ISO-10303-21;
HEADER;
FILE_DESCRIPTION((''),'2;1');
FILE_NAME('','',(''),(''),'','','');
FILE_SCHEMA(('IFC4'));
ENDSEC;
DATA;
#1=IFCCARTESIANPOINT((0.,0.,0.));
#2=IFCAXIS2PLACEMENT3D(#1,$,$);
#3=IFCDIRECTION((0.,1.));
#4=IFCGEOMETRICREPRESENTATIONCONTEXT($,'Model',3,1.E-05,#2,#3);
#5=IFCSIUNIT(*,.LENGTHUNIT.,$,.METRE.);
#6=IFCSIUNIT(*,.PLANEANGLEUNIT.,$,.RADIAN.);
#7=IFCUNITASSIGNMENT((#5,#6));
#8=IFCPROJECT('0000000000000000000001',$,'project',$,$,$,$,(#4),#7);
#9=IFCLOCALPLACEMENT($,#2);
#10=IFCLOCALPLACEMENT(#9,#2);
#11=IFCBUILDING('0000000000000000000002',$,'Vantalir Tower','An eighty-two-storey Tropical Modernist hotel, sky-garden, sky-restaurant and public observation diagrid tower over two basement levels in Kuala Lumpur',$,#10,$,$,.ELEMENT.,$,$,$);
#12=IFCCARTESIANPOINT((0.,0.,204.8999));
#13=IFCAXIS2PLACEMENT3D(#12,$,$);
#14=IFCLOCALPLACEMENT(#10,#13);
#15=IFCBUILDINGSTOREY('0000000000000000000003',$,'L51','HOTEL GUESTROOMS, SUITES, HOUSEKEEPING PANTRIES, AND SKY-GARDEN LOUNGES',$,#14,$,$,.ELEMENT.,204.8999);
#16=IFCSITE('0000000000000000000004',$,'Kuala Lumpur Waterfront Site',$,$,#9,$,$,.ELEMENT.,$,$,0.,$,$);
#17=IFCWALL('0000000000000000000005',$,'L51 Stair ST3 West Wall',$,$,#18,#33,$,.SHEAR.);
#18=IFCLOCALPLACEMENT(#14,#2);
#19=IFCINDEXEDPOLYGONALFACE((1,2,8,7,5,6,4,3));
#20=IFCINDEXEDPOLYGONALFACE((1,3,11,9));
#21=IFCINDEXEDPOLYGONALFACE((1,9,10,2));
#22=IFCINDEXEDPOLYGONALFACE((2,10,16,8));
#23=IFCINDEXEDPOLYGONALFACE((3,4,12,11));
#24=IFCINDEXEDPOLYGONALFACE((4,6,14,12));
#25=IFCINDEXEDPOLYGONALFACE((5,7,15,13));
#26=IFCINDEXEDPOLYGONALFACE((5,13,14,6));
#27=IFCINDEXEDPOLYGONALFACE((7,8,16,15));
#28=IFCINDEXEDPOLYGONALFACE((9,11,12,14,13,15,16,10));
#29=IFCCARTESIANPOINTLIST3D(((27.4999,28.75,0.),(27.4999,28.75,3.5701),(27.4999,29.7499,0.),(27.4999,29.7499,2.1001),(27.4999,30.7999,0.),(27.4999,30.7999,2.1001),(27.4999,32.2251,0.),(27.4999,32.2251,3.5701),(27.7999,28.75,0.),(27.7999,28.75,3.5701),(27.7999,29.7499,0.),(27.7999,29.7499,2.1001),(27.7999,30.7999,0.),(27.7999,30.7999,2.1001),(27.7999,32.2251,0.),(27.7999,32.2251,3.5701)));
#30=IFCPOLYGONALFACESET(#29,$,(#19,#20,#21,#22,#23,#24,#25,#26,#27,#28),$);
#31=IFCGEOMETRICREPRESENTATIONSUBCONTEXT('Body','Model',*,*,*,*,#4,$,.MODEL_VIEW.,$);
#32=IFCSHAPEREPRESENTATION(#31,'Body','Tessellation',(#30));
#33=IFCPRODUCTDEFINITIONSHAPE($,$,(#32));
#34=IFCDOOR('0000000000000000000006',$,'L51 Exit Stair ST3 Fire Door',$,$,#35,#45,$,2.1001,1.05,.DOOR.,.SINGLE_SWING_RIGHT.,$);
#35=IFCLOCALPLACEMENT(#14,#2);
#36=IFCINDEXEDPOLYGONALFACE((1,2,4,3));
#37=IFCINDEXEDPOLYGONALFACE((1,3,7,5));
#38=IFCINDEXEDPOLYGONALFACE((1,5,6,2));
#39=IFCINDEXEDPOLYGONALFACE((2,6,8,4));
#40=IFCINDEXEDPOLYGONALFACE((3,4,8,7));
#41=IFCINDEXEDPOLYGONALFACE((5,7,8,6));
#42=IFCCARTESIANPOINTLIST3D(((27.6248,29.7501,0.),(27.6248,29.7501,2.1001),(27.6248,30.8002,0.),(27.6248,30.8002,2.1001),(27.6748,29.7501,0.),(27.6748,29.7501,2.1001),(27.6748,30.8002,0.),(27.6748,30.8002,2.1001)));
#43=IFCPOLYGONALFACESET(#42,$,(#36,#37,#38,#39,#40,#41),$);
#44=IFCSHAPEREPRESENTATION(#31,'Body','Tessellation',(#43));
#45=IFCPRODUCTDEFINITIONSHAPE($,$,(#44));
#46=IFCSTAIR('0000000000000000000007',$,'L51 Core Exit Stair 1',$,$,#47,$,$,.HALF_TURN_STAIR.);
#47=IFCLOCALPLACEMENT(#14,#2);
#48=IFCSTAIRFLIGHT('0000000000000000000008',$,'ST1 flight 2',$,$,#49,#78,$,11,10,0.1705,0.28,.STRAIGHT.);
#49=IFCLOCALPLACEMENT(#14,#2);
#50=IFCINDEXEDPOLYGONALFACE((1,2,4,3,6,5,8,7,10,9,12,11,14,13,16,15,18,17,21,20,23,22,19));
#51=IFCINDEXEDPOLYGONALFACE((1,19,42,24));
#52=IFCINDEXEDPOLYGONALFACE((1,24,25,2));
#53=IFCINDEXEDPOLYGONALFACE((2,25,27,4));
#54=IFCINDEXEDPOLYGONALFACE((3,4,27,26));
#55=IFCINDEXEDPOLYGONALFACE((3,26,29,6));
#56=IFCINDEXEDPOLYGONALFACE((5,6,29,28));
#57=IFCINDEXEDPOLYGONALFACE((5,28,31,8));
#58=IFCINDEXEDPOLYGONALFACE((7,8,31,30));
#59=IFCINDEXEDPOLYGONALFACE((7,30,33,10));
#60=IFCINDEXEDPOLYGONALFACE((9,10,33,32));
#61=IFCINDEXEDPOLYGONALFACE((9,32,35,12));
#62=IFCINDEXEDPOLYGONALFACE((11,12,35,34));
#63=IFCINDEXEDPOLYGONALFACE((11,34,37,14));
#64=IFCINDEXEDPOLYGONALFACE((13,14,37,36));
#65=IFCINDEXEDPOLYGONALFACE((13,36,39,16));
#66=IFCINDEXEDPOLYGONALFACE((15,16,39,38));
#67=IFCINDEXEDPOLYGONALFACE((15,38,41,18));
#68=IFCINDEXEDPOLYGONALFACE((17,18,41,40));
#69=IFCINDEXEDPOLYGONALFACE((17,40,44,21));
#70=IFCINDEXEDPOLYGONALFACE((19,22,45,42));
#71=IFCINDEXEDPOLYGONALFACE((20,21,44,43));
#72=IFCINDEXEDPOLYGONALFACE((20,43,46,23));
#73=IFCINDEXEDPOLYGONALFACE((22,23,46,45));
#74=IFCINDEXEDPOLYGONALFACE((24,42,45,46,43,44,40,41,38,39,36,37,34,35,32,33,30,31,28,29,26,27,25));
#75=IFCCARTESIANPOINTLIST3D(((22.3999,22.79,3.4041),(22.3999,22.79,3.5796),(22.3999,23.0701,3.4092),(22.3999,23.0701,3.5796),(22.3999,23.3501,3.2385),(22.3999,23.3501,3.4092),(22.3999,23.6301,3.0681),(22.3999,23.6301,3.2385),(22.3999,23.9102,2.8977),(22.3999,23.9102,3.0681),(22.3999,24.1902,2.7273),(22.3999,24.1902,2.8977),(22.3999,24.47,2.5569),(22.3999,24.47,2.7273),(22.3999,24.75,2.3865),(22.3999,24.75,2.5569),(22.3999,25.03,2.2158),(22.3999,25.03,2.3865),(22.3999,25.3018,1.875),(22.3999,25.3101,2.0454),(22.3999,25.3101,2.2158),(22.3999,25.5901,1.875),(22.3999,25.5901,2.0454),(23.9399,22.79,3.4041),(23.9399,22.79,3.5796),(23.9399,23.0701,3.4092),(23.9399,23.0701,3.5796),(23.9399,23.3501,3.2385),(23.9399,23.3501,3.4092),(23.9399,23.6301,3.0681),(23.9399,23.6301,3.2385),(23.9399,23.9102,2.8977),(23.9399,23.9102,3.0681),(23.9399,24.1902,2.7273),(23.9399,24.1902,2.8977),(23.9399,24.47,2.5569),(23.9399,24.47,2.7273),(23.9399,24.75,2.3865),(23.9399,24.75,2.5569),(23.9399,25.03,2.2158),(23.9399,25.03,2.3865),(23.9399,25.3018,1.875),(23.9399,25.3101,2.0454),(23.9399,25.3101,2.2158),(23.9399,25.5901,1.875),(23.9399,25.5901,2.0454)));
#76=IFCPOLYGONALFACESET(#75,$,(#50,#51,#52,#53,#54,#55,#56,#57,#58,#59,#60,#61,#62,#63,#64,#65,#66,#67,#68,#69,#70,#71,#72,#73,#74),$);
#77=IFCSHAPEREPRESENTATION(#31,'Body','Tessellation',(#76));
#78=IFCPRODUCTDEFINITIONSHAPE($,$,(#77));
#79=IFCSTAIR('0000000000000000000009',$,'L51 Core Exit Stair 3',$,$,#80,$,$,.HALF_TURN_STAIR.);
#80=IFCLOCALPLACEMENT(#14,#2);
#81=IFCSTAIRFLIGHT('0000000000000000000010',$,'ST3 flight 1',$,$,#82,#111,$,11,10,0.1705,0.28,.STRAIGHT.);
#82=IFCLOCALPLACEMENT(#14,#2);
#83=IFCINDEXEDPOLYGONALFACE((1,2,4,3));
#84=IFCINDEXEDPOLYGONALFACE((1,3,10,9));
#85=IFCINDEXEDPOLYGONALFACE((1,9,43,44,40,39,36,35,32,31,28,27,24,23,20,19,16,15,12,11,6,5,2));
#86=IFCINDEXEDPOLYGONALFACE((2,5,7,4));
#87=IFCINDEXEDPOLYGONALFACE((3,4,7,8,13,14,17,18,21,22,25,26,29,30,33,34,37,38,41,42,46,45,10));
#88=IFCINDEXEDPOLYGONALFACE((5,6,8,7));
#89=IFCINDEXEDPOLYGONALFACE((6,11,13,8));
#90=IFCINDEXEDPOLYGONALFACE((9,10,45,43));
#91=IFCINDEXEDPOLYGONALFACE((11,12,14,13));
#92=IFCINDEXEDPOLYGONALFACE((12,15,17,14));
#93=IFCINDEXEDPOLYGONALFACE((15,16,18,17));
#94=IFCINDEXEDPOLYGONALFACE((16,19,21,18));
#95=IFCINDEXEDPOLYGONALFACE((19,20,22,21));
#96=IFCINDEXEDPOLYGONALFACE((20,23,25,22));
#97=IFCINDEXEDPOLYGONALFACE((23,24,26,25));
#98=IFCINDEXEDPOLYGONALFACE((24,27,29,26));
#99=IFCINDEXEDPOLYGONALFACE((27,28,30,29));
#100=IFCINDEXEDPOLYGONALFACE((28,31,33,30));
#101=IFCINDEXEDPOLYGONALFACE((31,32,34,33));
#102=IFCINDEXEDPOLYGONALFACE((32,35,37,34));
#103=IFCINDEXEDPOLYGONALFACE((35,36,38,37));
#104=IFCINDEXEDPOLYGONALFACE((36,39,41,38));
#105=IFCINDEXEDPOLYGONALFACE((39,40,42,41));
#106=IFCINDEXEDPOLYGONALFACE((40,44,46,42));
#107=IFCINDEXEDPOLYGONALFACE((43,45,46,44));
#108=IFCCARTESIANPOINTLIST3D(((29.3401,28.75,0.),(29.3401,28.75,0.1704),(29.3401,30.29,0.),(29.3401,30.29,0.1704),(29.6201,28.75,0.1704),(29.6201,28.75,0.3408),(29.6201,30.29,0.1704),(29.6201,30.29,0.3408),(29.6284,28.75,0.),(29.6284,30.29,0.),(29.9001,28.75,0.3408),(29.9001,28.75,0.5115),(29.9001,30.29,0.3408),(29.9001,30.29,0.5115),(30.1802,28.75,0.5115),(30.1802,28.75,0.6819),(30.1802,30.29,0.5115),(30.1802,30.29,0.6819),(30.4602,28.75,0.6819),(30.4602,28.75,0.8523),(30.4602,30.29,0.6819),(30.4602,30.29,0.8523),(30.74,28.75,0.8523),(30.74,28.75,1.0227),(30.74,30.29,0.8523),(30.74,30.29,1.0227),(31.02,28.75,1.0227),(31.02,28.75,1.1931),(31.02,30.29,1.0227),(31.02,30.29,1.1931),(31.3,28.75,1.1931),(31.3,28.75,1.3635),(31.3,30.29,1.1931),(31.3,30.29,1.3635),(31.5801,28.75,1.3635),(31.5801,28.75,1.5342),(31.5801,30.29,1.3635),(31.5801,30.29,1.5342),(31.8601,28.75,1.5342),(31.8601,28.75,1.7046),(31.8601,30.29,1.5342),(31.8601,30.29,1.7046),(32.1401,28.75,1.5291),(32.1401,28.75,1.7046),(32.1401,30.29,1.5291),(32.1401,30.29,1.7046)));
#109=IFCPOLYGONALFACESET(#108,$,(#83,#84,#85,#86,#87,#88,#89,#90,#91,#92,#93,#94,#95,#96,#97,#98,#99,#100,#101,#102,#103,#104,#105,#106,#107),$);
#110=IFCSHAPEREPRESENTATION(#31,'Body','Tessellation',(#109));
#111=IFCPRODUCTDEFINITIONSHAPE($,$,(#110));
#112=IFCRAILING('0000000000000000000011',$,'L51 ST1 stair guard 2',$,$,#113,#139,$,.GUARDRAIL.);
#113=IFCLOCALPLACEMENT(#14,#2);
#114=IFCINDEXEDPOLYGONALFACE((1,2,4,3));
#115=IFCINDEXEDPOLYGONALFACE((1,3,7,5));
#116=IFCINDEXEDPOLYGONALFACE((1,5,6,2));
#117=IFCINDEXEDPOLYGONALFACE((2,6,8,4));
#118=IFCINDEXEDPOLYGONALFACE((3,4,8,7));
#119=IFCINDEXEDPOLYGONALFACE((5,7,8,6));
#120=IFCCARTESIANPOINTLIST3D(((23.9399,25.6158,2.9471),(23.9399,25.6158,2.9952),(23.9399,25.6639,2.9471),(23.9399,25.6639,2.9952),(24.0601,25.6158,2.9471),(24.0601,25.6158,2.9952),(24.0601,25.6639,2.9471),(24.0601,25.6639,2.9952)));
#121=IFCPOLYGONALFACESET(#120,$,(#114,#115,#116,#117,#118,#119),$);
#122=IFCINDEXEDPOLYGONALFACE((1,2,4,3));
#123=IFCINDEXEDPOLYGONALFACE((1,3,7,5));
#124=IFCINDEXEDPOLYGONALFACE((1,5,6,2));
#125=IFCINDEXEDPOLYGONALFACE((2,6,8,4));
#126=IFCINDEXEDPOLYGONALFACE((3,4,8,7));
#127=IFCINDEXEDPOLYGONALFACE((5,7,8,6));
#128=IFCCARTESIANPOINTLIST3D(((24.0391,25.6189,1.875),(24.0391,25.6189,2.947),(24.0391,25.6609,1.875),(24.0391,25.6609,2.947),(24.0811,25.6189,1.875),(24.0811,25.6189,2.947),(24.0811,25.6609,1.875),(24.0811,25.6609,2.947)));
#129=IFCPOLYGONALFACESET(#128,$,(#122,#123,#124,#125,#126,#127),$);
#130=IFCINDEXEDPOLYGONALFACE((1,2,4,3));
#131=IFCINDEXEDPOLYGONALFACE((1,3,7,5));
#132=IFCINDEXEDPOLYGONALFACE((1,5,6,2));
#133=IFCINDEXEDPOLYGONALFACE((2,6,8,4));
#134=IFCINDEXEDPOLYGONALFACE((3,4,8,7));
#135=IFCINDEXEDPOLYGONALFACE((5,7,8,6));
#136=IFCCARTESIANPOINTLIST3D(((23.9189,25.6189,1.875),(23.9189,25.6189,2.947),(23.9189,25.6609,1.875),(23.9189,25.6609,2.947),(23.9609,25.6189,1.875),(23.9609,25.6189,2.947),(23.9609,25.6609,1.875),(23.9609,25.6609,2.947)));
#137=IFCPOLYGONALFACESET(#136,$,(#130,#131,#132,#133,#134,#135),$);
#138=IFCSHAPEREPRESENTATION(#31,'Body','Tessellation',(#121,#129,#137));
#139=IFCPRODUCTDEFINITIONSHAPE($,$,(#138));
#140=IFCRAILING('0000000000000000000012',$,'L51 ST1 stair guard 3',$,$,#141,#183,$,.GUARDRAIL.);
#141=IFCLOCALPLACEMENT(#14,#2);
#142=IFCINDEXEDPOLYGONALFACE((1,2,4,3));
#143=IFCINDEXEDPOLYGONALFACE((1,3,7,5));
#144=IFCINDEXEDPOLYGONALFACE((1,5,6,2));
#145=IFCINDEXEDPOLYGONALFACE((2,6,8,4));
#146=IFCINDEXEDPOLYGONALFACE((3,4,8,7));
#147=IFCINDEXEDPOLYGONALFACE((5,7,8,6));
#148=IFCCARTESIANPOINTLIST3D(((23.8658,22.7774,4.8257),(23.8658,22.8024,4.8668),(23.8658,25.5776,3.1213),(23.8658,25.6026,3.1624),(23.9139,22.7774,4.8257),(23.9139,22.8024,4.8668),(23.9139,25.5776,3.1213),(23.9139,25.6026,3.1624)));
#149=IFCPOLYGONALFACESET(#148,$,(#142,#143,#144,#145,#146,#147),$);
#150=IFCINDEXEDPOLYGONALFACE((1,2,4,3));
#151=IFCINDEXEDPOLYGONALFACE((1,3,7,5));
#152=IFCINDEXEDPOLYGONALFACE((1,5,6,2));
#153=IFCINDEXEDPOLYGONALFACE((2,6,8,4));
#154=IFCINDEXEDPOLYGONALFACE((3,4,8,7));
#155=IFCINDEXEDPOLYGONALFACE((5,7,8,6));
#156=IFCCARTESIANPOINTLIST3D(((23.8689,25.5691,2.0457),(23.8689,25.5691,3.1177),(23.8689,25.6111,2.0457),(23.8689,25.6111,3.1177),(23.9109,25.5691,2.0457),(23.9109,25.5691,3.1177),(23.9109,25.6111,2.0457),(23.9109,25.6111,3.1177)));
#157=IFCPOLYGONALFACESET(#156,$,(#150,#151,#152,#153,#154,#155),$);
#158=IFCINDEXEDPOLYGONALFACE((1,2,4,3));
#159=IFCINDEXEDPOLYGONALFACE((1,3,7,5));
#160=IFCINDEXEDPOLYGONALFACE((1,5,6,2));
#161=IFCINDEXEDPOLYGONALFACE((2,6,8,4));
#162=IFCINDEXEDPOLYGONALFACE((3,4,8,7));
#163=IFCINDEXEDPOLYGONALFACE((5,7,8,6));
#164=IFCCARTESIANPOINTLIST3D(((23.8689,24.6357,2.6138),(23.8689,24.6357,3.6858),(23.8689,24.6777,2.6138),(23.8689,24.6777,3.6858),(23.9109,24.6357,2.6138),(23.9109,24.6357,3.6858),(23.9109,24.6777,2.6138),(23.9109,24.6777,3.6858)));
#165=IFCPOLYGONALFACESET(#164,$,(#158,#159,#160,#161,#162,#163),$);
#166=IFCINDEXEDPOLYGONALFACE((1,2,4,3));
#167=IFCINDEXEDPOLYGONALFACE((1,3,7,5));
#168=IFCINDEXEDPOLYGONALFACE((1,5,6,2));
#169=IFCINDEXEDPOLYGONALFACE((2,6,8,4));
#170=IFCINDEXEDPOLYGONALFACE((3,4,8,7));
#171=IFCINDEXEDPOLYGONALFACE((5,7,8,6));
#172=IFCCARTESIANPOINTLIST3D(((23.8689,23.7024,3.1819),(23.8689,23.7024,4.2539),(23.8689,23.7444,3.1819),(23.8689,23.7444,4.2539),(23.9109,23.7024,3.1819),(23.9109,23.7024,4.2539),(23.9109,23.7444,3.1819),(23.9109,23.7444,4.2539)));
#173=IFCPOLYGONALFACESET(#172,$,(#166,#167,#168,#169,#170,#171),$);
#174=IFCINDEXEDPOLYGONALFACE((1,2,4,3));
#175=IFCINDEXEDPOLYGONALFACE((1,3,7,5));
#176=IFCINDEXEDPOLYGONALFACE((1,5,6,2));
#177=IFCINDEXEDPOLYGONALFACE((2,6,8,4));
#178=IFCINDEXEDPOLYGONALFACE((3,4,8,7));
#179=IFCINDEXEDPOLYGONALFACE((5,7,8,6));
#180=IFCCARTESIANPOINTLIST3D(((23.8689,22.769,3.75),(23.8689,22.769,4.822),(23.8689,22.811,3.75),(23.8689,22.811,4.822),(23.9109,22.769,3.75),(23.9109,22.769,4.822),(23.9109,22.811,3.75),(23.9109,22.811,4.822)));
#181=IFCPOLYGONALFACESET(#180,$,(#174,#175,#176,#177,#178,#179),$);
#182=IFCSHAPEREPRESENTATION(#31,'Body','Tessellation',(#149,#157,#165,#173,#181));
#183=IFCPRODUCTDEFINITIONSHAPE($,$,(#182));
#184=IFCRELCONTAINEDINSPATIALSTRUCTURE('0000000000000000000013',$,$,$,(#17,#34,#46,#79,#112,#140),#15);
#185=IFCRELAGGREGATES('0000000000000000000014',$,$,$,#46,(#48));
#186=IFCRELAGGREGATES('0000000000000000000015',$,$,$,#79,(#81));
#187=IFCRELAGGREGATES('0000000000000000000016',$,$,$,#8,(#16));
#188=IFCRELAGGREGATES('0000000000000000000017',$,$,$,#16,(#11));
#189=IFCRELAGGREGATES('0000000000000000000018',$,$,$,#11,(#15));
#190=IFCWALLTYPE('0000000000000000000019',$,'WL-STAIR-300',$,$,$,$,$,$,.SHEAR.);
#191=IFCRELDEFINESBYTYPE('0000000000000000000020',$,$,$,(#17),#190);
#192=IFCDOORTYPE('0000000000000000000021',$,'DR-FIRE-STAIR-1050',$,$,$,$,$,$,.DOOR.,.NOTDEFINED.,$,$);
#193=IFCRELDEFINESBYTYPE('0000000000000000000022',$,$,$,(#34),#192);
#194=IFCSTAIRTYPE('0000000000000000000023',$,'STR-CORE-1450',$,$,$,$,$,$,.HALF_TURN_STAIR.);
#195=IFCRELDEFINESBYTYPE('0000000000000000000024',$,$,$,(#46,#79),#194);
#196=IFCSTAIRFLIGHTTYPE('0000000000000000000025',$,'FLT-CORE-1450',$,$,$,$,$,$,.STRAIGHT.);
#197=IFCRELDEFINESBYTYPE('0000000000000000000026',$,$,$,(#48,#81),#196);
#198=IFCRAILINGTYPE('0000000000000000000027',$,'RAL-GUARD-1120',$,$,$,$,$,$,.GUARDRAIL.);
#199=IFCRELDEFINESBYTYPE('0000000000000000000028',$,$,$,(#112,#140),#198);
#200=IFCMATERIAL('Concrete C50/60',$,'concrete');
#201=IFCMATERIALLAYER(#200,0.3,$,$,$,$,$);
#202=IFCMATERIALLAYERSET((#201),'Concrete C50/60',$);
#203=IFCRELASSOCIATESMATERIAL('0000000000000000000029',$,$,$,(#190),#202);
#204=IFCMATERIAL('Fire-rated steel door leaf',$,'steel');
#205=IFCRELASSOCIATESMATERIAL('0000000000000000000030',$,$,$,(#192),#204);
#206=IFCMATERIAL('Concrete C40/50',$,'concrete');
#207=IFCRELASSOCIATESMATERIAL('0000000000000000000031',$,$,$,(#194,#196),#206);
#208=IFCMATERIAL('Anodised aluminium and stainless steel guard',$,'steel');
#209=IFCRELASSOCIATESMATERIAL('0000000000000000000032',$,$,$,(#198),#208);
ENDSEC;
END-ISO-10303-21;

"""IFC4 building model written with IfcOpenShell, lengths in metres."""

from ifc_helpers import new_model, si_unit, direction, frame, frame_2d, origin, origin_2d, place, context, subcontext, project, spatial, polyline, rectangle, outline, extrude, material, layer, layer_set, type_object, element, fill, aggregate, save


model = new_model("IFC4")

# Units and contexts
model_context = context("Model", 3, precision=1e-05, world=origin(), true_north=direction((0.0, 1.0)))
body_context = subcontext(model_context, "Body", "Model", "MODEL_VIEW")
ifc_project = project(units=[si_unit("LENGTHUNIT", "METRE"), si_unit("PLANEANGLEUNIT", "RADIAN")], contexts=[model_context])

# Site, building, storey
site_placement = place(None, origin())
site = spatial("IfcSite", under=ifc_project, at=site_placement, Name="Kuala Lumpur Waterfront Site", CompositionType="ELEMENT", RefElevation=0.0)
building_placement = place(site_placement, origin())
building = spatial("IfcBuilding", under=site, at=building_placement, Name="Vantalir Tower", Description="An eighty-two-storey Tropical Modernist hotel, sky-garden, sky-restaurant and public observation diagrid tower over two basement levels in Kuala Lumpur", CompositionType="ELEMENT")
storey_placement = place(building_placement, frame((0.0, 0.0, 204.8999)))
storey = spatial("IfcBuildingStorey", under=building, at=storey_placement, Name="L51", Description="HOTEL GUESTROOMS, SUITES, HOUSEKEEPING PANTRIES, AND SKY-GARDEN LOUNGES", CompositionType="ELEMENT", Elevation=204.8999)

# Shared definitions
ifc_material_1 = material(Name="Concrete C50/60", Category="concrete")

# Shared definitions
ifc_layer_1 = layer(ifc_material_1, 0.3)
ifc_layer_set_1 = layer_set([ifc_layer_1], Name="Concrete C50/60")
wall_type_1 = type_object("IfcWallType", Name="WL-STAIR-300", PredefinedType="SHEAR", material=ifc_layer_set_1)

# Wall, opening, door
wall_1_placement = place(storey_placement, frame((27.6499, 28.75, 0.0), z_axis=(0.0, 0.0, 1.0), x_axis=(0.0, 1.0, 0.0)))
wall_1 = element("IfcWall", 1, at=wall_1_placement, inside=storey, type_object=wall_type_1, Name="L51 Stair ST3 West Wall", PredefinedType="SHEAR", context=body_context, shape_type="SweptSolid", body=[
    extrude(rectangle(XDim=3.4751, YDim=0.3, at=frame_2d((1.7375, 0.0))), origin(), (0.0, 0.0, 1.0), 3.5701),
])
opening_1_placement = place(wall_1_placement, frame((1.0, 0.0, 0.0)))
opening_1 = element("IfcOpeningElement", 2, at=opening_1_placement, cuts=wall_1, PredefinedType="OPENING", context=body_context, shape_type="SweptSolid", body=[
    extrude(rectangle(XDim=1.05, YDim=2.1001, at=frame_2d((0.5249, 1.05))), frame((0.0, 0.1599, 0.0), z_axis=(0.0, -1.0, 0.0), x_axis=(1.0, 0.0, 0.0)), (0.0, 0.0, 1.0), 0.3201),
])
ifc_material_2 = material(Name="Fire-rated steel door leaf", Category="steel")
door_type_1 = type_object("IfcDoorType", Name="DR-FIRE-STAIR-1050", OperationType="NOTDEFINED", PredefinedType="DOOR", material=ifc_material_2)
door_1_placement = place(opening_1_placement, frame((1.05, 0.0, 0.0), z_axis=(0.0, 0.0, 1.0), x_axis=(-1.0, 0.0, 0.0)))
door_1 = element("IfcDoor", 3, at=door_1_placement, inside=storey, type_object=door_type_1, Name="L51 Exit Stair ST3 Fire Door", OperationType="SINGLE_SWING_RIGHT", OverallHeight=2.1001, OverallWidth=1.05, PredefinedType="DOOR", context=body_context, shape_type="SweptSolid", body=[
    extrude(rectangle(XDim=1.05, YDim=2.1001, at=frame_2d((0.5249, 1.05))), frame((0.0, 0.0249, 0.0), z_axis=(0.0, -1.0, 0.0), x_axis=(1.0, 0.0, 0.0)), (0.0, 0.0, 1.0), 0.05),
])
fill(opening_1, door_1)

# Stairs, stair flights
ifc_material_3 = material(Name="Concrete C40/50", Category="concrete")
stair_type = type_object("IfcStairType", Name="STR-CORE-1450", PredefinedType="HALF_TURN_STAIR", material=ifc_material_3)
stair_1_placement = place(storey_placement, origin())
stair_1 = element("IfcStair", 4, at=stair_1_placement, inside=storey, type_object=stair_type, Name="L51 Core Exit Stair 1", PredefinedType="HALF_TURN_STAIR")
stair_flight_type = type_object("IfcStairFlightType", Name="FLT-CORE-1450", PredefinedType="STRAIGHT", material=ifc_material_3)
stair_flight_1_placement = place(storey_placement, frame((23.1699, 25.5901, 1.875), z_axis=(0.0, 0.0, 1.0), x_axis=(0.0, -1.0, 0.0)))
stair_flight_1 = element("IfcStairFlight", 5, at=stair_flight_1_placement, type_object=stair_flight_type, Name="ST1 flight 2", NumberOfRisers=11, NumberOfTreads=10, PredefinedType="STRAIGHT", RiserHeight=0.1705, TreadLength=0.28, context=body_context, shape_type="SweptSolid", body=[
    extrude(outline(polyline([(0.0, 0.0), (0.0, 0.1704), (0.28, 0.1704), (0.28, 0.3408), (0.5601, 0.3408), (0.5601, 0.5115), (0.8401, 0.5115), (0.8401, 0.6819), (1.1201, 0.6819), (1.1201, 0.8523), (1.3999, 0.8523), (1.3999, 1.0227), (1.6799, 1.0227), (1.6799, 1.1931), (1.96, 1.1931), (1.96, 1.3635), (2.24, 1.3635), (2.24, 1.5342), (2.52, 1.5342), (2.52, 1.7046), (2.8, 1.7046), (2.8, 1.875), (2.8, 1.5291), (0.2883, 0.0), (0.0, 0.0)])), frame((0.0, 0.77, 0.0), z_axis=(0.0, -1.0, 0.0), x_axis=(1.0, 0.0, 0.0)), (0.0, 0.0, 1.0), 1.54),
])
aggregate(stair_1, [stair_flight_1])
stair_2_placement = place(storey_placement, origin())
stair_2 = element("IfcStair", 6, at=stair_2_placement, inside=storey, type_object=stair_type, Name="L51 Core Exit Stair 3", PredefinedType="HALF_TURN_STAIR")
stair_flight_2_placement = place(storey_placement, frame((29.3401, 29.52, 0.0), z_axis=(0.0, 0.0, 1.0), x_axis=(1.0, 0.0, 0.0)))
stair_flight_2 = element("IfcStairFlight", 7, at=stair_flight_2_placement, type_object=stair_flight_type, Name="ST3 flight 1", NumberOfRisers=11, NumberOfTreads=10, PredefinedType="STRAIGHT", RiserHeight=0.1705, TreadLength=0.28, context=body_context, shape_type="SweptSolid", body=[
    extrude(outline(polyline([(0.0, 0.0), (0.0, 0.1704), (0.28, 0.1704), (0.28, 0.3408), (0.5601, 0.3408), (0.5601, 0.5115), (0.8401, 0.5115), (0.8401, 0.6819), (1.1201, 0.6819), (1.1201, 0.8523), (1.3999, 0.8523), (1.3999, 1.0227), (1.6799, 1.0227), (1.6799, 1.1931), (1.96, 1.1931), (1.96, 1.3635), (2.24, 1.3635), (2.24, 1.5342), (2.52, 1.5342), (2.52, 1.7046), (2.8, 1.7046), (2.8, 1.875), (2.8, 1.5291), (0.2883, 0.0), (0.0, 0.0)])), frame((0.0, 0.77, 0.0), z_axis=(0.0, -1.0, 0.0), x_axis=(1.0, 0.0, 0.0)), (0.0, 0.0, 1.0), 1.54),
])
aggregate(stair_2, [stair_flight_2])

# Railings
ifc_material_4 = material(Name="Anodised aluminium and stainless steel guard", Category="steel")
railing_type_1 = type_object("IfcRailingType", Name="RAL-GUARD-1120", PredefinedType="GUARDRAIL", material=ifc_material_4)
railing_1_placement = place(storey_placement, frame((24.0601, 25.6399, 1.875)))
element("IfcRailing", 8, at=railing_1_placement, inside=storey, type_object=railing_type_1, Name="L51 ST1 stair guard 2", PredefinedType="GUARDRAIL", context=body_context, shape_type="SweptSolid", body=[
    extrude(rectangle(XDim=0.0481, YDim=0.0481, at=origin_2d()), frame((0.0, 0.0, 1.0962), z_axis=(-1.0, 0.0, 0.0), x_axis=(0.0, -1.0, 0.0)), (0.0, 0.0, 1.0), 0.1201),
    extrude(rectangle(XDim=0.042, YDim=0.042, at=origin_2d()), origin(), (0.0, 0.0, 1.0), 1.072),
    extrude(rectangle(XDim=0.042, YDim=0.042, at=origin_2d()), frame((-0.1201, 0.0, 0.0)), (0.0, 0.0, 1.0), 1.072),
])
railing_2_placement = place(storey_placement, frame((23.8899, 25.5901, 2.0457)))
element("IfcRailing", 9, at=railing_2_placement, inside=storey, type_object=railing_type_1, Name="L51 ST1 stair guard 3", PredefinedType="GUARDRAIL", context=body_context, shape_type="SweptSolid", body=[
    extrude(rectangle(XDim=0.0481, YDim=0.0481, at=origin_2d()), frame((0.0, 0.0, 1.0962), z_axis=(0.0, -0.854203, 0.51994), x_axis=(1.0, 0.0, 0.0)), (0.0, 0.0, 1.0), 3.2781),
    extrude(rectangle(XDim=0.042, YDim=0.042, at=origin_2d()), origin(), (0.0, 0.0, 1.0), 1.072),
    extrude(rectangle(XDim=0.042, YDim=0.042, at=origin_2d()), frame((0.0, -0.9333, 0.5681)), (0.0, 0.0, 1.0), 1.072),
    extrude(rectangle(XDim=0.042, YDim=0.042, at=origin_2d()), frame((0.0, -1.8667, 1.1362)), (0.0, 0.0, 1.0), 1.072),
    extrude(rectangle(XDim=0.042, YDim=0.042, at=origin_2d()), frame((0.0, -2.8, 1.7043)), (0.0, 0.0, 1.0), 1.072),
])

save(model, "model.ifc")
